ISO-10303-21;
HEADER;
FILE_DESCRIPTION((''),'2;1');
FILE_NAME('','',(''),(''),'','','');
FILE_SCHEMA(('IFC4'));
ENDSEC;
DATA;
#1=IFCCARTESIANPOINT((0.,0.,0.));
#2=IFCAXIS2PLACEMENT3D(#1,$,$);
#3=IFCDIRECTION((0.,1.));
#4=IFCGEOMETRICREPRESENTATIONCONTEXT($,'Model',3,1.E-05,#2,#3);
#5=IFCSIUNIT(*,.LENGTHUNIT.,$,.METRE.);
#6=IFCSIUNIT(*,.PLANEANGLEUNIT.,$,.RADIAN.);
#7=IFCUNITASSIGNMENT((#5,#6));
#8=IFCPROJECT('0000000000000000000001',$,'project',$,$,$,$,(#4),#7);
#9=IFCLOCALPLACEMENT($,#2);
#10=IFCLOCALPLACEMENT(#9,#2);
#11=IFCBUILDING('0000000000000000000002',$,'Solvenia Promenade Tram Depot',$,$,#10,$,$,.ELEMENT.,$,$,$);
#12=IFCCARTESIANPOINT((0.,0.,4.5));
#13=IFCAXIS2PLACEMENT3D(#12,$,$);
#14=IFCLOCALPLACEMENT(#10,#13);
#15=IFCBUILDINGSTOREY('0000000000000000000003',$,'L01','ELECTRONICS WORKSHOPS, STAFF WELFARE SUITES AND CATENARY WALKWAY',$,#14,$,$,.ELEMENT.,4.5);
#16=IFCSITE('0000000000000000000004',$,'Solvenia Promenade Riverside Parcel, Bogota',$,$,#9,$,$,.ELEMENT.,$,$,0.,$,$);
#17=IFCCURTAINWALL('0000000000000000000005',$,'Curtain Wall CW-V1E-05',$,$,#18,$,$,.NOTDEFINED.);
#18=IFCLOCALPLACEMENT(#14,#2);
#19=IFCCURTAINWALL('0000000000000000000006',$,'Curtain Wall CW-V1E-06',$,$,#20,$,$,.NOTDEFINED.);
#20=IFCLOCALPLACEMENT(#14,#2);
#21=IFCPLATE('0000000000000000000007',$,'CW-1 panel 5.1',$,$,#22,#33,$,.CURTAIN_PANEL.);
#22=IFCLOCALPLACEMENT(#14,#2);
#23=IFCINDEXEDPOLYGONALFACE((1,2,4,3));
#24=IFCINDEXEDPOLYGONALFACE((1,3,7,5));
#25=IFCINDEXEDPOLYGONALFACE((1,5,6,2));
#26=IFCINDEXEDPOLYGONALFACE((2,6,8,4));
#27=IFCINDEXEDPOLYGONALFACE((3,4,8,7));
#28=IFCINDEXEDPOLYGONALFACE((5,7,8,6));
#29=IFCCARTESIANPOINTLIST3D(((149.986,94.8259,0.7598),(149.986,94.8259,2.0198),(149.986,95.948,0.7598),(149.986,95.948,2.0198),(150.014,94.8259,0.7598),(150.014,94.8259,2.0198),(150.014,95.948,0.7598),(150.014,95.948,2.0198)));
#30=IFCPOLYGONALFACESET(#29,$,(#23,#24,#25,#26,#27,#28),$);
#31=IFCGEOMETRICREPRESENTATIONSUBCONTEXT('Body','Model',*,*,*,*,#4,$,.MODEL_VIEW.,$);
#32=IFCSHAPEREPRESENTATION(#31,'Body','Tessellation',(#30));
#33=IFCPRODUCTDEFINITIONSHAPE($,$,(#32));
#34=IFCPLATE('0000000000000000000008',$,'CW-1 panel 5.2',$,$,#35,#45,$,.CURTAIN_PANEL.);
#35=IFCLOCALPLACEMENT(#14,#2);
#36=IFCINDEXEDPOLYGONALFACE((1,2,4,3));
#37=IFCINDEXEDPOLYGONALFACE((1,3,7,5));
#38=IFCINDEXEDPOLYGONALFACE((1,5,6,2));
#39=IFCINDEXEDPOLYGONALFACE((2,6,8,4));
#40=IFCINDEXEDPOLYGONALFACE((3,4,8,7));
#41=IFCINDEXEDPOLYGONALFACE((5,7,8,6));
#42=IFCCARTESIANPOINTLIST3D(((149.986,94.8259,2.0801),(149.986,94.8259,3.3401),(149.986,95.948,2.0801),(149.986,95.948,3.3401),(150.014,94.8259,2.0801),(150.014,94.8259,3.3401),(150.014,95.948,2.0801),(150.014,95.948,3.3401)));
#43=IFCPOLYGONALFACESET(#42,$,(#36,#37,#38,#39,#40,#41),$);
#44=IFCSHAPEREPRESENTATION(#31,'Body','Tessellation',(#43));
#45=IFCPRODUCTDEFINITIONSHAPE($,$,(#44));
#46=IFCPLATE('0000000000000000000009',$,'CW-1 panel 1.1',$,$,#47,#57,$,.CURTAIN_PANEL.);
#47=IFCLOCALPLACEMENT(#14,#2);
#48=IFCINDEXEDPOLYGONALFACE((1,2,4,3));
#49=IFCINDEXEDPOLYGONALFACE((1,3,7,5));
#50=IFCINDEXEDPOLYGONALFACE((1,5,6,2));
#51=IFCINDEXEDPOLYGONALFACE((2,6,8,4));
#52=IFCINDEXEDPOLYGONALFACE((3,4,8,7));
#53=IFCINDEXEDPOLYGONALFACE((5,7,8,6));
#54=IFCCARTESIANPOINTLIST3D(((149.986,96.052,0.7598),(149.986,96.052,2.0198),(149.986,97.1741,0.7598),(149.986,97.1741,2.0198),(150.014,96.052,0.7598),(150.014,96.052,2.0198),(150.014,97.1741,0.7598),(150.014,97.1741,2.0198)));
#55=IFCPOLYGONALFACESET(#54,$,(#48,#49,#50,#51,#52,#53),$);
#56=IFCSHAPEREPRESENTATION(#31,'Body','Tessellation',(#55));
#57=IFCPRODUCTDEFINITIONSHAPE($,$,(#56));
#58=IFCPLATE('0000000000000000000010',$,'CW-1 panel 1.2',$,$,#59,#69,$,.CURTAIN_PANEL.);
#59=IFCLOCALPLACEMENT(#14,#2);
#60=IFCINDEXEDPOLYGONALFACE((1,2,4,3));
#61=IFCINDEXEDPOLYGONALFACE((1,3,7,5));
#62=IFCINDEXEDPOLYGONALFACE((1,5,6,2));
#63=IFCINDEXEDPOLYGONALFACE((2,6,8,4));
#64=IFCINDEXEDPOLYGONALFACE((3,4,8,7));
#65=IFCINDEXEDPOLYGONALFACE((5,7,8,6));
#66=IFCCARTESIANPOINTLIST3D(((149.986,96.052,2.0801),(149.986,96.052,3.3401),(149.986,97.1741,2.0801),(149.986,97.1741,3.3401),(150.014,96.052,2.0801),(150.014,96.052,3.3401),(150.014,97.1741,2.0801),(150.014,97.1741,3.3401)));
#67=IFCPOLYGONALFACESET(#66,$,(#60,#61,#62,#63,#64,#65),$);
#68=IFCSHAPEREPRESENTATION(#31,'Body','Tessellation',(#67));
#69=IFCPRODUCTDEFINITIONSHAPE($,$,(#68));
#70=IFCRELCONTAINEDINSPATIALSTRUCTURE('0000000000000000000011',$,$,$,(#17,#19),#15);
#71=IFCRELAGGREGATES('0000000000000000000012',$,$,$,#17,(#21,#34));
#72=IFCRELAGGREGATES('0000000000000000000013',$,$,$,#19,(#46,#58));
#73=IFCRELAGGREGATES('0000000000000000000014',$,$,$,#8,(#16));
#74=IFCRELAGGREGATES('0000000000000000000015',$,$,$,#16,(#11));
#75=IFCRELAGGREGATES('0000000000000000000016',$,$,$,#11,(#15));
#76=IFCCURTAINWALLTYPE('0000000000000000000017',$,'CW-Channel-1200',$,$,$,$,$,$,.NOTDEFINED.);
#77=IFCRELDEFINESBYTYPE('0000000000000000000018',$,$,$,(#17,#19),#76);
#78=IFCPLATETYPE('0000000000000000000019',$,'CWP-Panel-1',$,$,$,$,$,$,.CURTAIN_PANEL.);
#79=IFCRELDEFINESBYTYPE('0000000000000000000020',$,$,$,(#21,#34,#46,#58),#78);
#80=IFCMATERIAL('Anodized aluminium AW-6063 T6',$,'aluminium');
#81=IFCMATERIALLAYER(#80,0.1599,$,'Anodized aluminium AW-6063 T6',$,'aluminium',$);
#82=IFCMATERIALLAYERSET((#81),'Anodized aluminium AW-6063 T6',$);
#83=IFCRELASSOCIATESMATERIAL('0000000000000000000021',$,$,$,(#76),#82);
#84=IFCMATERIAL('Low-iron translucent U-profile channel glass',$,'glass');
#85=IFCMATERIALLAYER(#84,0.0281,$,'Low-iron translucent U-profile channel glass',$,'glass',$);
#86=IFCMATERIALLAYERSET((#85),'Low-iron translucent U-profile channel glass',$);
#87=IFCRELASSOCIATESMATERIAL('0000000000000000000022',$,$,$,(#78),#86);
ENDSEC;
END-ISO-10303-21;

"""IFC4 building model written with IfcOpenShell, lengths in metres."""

from ifc_helpers import new_model, si_unit, direction, frame, origin, origin_2d, place, context, subcontext, project, spatial, rectangle, extrude, material, layer, layer_set, type_object, element, aggregate, save


model = new_model("IFC4")

# Units and contexts
model_context = context("Model", 3, precision=1e-05, world=origin(), true_north=direction((0.0, 1.0)))
body_context = subcontext(model_context, "Body", "Model", "MODEL_VIEW")
ifc_project = project(units=[si_unit("LENGTHUNIT", "METRE"), si_unit("PLANEANGLEUNIT", "RADIAN")], contexts=[model_context])

# Site, building, storey
site_placement = place(None, origin())
site = spatial("IfcSite", under=ifc_project, at=site_placement, Name="Solvenia Promenade Riverside Parcel, Bogota", CompositionType="ELEMENT", RefElevation=0.0)
building_placement = place(site_placement, origin())
building = spatial("IfcBuilding", under=site, at=building_placement, Name="Solvenia Promenade Tram Depot", CompositionType="ELEMENT")
storey_placement = place(building_placement, frame((0.0, 0.0, 4.5)))
storey = spatial("IfcBuildingStorey", under=building, at=storey_placement, Name="L01", Description="ELECTRONICS WORKSHOPS, STAFF WELFARE SUITES AND CATENARY WALKWAY", CompositionType="ELEMENT", Elevation=4.5)

# Curtain walls
ifc_material_1 = material(Name="Anodized aluminium AW-6063 T6", Category="aluminium")
ifc_layer_1 = layer(ifc_material_1, 0.1599, Name="Anodized aluminium AW-6063 T6", Category="aluminium")
ifc_layer_set_1 = layer_set([ifc_layer_1], Name="Anodized aluminium AW-6063 T6")
curtain_wall_type = type_object("IfcCurtainWallType", Name="CW-Channel-1200", PredefinedType="NOTDEFINED", material=ifc_layer_set_1)
curtain_wall_1_placement = place(storey_placement, origin())
curtain_wall_1 = element("IfcCurtainWall", 1, at=curtain_wall_1_placement, inside=storey, type_object=curtain_wall_type, Name="Curtain Wall CW-V1E-05", PredefinedType="NOTDEFINED")
curtain_wall_2_placement = place(storey_placement, origin())
curtain_wall_2 = element("IfcCurtainWall", 2, at=curtain_wall_2_placement, inside=storey, type_object=curtain_wall_type, Name="Curtain Wall CW-V1E-06", PredefinedType="NOTDEFINED")

# Plates
ifc_material_2 = material(Name="Low-iron translucent U-profile channel glass", Category="glass")
ifc_layer_2 = layer(ifc_material_2, 0.0281, Name="Low-iron translucent U-profile channel glass", Category="glass")
ifc_layer_set_2 = layer_set([ifc_layer_2], Name="Low-iron translucent U-profile channel glass")
plate_type = type_object("IfcPlateType", Name="CWP-Panel-1", PredefinedType="CURTAIN_PANEL", material=ifc_layer_set_2)
plate_1_placement = place(storey_placement, frame((150.0, 95.387, 0.7598), z_axis=(0.0, 0.0, 1.0), x_axis=(0.0, 1.0, 0.0)))
plate_1 = element("IfcPlate", 3, at=plate_1_placement, type_object=plate_type, Name="CW-1 panel 5.1", PredefinedType="CURTAIN_PANEL", context=body_context, shape_type="SweptSolid", body=[
    extrude(rectangle(XDim=1.1221, YDim=0.0281, at=origin_2d()), origin(), (0.0, 0.0, 1.0), 1.26),
])
plate_2_placement = place(storey_placement, frame((150.0, 95.387, 2.0801), z_axis=(0.0, 0.0, 1.0), x_axis=(0.0, 1.0, 0.0)))
plate_2 = element("IfcPlate", 4, at=plate_2_placement, type_object=plate_type, Name="CW-1 panel 5.2", PredefinedType="CURTAIN_PANEL", context=body_context, shape_type="SweptSolid", body=[
    extrude(rectangle(XDim=1.1221, YDim=0.0281, at=origin_2d()), origin(), (0.0, 0.0, 1.0), 1.26),
])
aggregate(curtain_wall_1, [plate_1, plate_2])
plate_3_placement = place(storey_placement, frame((150.0, 96.613, 0.7598), z_axis=(0.0, 0.0, 1.0), x_axis=(0.0, 1.0, 0.0)))
plate_3 = element("IfcPlate", 5, at=plate_3_placement, type_object=plate_type, Name="CW-1 panel 1.1", PredefinedType="CURTAIN_PANEL", context=body_context, shape_type="SweptSolid", body=[
    extrude(rectangle(XDim=1.1221, YDim=0.0281, at=origin_2d()), origin(), (0.0, 0.0, 1.0), 1.26),
])
plate_4_placement = place(storey_placement, frame((150.0, 96.613, 2.0801), z_axis=(0.0, 0.0, 1.0), x_axis=(0.0, 1.0, 0.0)))
plate_4 = element("IfcPlate", 6, at=plate_4_placement, type_object=plate_type, Name="CW-1 panel 1.2", PredefinedType="CURTAIN_PANEL", context=body_context, shape_type="SweptSolid", body=[
    extrude(rectangle(XDim=1.1221, YDim=0.0281, at=origin_2d()), origin(), (0.0, 0.0, 1.0), 1.26),
])
aggregate(curtain_wall_2, [plate_3, plate_4])

save(model, "model.ifc")
